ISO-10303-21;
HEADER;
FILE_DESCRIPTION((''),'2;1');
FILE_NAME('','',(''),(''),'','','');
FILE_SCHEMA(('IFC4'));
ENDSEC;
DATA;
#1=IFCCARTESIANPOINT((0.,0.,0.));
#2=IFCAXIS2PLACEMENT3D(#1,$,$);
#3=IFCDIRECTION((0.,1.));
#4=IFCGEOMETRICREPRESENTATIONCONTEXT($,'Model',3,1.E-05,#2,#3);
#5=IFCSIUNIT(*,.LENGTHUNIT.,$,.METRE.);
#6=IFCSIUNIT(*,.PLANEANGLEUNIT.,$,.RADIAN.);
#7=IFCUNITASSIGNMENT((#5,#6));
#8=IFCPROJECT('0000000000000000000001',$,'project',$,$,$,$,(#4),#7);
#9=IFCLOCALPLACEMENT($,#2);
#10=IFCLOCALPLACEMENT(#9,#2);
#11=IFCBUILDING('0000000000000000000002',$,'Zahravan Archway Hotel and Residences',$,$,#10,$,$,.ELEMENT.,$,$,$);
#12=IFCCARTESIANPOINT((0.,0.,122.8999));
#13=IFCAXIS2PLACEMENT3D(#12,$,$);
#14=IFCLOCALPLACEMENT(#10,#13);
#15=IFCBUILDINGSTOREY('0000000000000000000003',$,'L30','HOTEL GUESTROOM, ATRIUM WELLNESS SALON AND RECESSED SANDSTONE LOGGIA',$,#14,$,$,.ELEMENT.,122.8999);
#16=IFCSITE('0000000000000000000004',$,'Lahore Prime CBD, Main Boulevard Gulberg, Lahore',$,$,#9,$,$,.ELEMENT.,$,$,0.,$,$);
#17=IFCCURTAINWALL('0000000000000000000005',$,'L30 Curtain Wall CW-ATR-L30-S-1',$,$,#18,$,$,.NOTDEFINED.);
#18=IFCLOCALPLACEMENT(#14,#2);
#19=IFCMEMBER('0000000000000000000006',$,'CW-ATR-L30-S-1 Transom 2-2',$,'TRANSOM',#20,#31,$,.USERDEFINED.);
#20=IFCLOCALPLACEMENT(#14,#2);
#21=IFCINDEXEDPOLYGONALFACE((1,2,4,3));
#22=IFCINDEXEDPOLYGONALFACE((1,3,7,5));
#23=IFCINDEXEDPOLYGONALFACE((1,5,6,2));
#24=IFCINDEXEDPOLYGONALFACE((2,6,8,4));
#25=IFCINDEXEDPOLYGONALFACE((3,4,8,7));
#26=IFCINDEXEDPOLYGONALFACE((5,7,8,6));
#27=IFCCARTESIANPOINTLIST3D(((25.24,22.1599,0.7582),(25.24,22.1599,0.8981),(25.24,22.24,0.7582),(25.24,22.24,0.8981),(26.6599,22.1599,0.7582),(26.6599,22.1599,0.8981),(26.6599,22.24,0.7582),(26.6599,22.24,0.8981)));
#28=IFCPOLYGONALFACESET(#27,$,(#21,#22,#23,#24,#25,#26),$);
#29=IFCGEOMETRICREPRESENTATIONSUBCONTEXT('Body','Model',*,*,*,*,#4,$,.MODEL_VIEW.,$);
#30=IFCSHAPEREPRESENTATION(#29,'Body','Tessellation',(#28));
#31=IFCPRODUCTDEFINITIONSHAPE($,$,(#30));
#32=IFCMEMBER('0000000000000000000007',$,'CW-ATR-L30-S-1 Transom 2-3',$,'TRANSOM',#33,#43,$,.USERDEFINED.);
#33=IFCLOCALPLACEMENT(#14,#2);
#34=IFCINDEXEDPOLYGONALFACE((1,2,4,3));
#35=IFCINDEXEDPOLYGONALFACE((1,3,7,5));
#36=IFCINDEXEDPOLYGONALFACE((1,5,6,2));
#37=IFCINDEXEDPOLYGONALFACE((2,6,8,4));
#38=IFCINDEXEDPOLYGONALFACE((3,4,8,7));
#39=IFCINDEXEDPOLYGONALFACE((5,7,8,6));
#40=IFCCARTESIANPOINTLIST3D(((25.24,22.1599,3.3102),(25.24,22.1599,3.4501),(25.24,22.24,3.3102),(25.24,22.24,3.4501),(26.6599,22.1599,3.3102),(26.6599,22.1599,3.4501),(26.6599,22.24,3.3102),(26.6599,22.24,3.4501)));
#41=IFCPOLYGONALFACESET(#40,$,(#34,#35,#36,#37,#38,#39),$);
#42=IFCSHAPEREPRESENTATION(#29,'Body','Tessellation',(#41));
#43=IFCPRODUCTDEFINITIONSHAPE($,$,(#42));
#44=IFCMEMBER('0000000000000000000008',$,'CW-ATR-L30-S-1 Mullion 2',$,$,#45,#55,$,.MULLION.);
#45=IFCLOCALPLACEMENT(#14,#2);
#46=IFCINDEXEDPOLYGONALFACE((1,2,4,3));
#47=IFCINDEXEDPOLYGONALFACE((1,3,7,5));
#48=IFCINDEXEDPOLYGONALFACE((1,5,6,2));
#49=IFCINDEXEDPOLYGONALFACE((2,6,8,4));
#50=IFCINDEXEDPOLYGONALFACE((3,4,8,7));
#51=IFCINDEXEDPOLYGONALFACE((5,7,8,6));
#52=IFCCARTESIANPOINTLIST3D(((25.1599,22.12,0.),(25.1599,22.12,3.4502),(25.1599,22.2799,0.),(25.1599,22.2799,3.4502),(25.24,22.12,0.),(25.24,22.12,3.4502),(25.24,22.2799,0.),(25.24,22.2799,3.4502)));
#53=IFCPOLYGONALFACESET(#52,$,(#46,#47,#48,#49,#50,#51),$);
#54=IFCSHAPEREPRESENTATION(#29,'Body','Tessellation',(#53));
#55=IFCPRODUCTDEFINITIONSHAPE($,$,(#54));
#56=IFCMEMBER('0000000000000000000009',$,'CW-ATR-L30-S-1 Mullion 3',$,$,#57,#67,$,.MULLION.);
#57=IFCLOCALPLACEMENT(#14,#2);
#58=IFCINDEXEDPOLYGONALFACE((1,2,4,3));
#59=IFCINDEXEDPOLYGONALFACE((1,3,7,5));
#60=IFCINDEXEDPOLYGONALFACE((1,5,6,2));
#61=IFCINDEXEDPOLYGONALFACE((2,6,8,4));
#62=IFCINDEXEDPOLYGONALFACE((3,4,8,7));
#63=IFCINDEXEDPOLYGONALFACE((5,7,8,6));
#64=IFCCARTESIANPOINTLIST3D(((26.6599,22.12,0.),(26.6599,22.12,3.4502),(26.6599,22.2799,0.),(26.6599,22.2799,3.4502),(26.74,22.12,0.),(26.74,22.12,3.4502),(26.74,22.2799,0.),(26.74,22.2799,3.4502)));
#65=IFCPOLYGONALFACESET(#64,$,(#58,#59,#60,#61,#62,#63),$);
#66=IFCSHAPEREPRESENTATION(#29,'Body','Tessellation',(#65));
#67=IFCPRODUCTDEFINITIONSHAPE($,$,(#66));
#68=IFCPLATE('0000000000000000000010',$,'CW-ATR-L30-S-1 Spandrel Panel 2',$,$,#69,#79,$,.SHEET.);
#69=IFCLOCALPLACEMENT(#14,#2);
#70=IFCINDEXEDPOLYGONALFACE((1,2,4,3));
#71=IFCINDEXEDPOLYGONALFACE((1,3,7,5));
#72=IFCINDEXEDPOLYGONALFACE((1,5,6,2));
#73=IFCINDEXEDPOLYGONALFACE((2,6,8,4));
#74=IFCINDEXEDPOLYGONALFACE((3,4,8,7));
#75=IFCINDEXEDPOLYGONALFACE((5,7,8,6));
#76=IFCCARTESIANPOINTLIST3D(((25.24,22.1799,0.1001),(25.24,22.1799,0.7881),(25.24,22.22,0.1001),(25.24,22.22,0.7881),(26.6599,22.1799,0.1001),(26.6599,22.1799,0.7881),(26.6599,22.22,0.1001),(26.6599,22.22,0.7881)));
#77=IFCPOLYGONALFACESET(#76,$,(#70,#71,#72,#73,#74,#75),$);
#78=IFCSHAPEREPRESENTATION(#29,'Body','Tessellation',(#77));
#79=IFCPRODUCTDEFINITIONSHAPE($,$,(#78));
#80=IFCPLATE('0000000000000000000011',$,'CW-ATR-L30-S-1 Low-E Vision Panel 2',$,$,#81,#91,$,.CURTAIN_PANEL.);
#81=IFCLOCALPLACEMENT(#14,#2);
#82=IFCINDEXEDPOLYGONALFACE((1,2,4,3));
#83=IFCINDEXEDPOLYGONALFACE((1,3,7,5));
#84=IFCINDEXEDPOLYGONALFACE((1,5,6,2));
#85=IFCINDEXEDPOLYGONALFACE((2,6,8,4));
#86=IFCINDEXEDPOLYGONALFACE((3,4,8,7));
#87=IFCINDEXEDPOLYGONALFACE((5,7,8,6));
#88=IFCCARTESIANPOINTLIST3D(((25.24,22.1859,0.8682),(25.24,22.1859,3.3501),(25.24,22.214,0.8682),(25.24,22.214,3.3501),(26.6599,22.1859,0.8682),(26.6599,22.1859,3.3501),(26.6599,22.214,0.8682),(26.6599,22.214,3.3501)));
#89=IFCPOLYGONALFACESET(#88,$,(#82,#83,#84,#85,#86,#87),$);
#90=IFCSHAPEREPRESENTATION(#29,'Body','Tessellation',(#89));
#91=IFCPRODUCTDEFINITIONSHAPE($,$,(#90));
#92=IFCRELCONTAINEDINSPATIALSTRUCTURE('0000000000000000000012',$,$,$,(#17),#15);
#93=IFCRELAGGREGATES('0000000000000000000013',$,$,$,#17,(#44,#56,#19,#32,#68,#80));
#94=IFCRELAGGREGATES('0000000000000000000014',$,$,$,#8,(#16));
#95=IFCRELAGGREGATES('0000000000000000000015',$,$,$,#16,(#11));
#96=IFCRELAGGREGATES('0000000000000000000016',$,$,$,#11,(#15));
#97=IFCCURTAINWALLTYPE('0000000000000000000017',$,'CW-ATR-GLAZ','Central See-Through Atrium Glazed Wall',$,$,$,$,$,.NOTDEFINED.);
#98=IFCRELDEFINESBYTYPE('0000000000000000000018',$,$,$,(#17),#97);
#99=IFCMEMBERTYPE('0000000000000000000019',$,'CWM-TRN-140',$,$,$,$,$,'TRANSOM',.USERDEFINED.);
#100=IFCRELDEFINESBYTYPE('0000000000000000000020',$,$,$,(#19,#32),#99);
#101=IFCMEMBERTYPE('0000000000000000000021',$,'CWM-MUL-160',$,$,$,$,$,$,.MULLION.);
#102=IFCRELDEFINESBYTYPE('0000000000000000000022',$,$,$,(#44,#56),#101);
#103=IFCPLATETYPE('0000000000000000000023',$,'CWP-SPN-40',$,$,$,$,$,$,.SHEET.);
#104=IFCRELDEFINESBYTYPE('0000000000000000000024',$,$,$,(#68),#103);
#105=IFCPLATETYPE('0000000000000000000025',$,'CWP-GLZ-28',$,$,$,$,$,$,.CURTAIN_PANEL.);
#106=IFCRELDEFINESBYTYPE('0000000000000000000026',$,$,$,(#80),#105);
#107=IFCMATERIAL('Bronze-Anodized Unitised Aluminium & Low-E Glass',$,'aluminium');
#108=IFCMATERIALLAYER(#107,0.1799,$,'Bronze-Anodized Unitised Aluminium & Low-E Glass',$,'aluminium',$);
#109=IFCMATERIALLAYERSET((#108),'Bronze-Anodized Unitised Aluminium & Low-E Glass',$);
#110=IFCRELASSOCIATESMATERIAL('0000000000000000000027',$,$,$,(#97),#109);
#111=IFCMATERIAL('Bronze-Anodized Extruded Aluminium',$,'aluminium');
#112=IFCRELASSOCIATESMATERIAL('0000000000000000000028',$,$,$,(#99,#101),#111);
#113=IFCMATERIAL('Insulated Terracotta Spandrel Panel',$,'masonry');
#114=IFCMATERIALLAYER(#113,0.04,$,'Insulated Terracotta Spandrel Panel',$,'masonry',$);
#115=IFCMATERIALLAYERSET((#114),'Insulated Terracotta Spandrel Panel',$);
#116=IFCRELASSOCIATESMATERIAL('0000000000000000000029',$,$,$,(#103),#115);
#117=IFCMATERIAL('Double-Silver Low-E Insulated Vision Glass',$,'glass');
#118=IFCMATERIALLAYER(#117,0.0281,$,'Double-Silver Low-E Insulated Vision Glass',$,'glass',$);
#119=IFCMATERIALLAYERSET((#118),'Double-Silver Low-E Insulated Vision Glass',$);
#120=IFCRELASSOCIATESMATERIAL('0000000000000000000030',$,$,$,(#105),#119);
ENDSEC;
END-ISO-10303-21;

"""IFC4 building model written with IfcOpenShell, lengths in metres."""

from ifc_helpers import new_model, si_unit, direction, frame, origin, origin_2d, place, context, subcontext, project, spatial, rectangle, extrude, source, transform, mapped, material, layer, layer_set, material_profile, profile_set, type_object, element, aggregate, save


model = new_model("IFC4")

# Units and contexts
model_context = context("Model", 3, precision=1e-05, world=origin(), true_north=direction((0.0, 1.0)))
body_context = subcontext(model_context, "Body", "Model", "MODEL_VIEW")
ifc_project = project(units=[si_unit("LENGTHUNIT", "METRE"), si_unit("PLANEANGLEUNIT", "RADIAN")], contexts=[model_context])

# Site, building, storey
site_placement = place(None, origin())
site = spatial("IfcSite", under=ifc_project, at=site_placement, Name="Lahore Prime CBD, Main Boulevard Gulberg, Lahore", CompositionType="ELEMENT", RefElevation=0.0)
building_placement = place(site_placement, origin())
building = spatial("IfcBuilding", under=site, at=building_placement, Name="Zahravan Archway Hotel and Residences", CompositionType="ELEMENT")
storey_placement = place(building_placement, frame((0.0, 0.0, 122.8999)))
storey = spatial("IfcBuildingStorey", under=building, at=storey_placement, Name="L30", Description="HOTEL GUESTROOM, ATRIUM WELLNESS SALON AND RECESSED SANDSTONE LOGGIA", CompositionType="ELEMENT", Elevation=122.8999)

# Curtain wall, members, plates
ifc_material_1 = material(Name="Bronze-Anodized Unitised Aluminium & Low-E Glass", Category="aluminium")
ifc_layer_1 = layer(ifc_material_1, 0.1799, Name="Bronze-Anodized Unitised Aluminium & Low-E Glass", Category="aluminium")
ifc_layer_set_1 = layer_set([ifc_layer_1], Name="Bronze-Anodized Unitised Aluminium & Low-E Glass")
curtain_wall_type = type_object("IfcCurtainWallType", Name="CW-ATR-GLAZ", Description="Central See-Through Atrium Glazed Wall", PredefinedType="NOTDEFINED", material=ifc_layer_set_1)
curtain_wall_placement = place(storey_placement, origin())
curtain_wall = element("IfcCurtainWall", 1, at=curtain_wall_placement, inside=storey, type_object=curtain_wall_type, Name="L30 Curtain Wall CW-ATR-L30-S-1", PredefinedType="NOTDEFINED")
ifc_material_2 = material(Name="Bronze-Anodized Extruded Aluminium", Category="aluminium")
ifc_material_profile_1 = material_profile(ifc_material_2, rectangle(XDim=0.0801, YDim=0.1399, at=origin_2d()), Name="TRN 80x140", Category="aluminium")
ifc_profile_set_1 = profile_set([ifc_material_profile_1], Name="Bronze-Anodized Extruded Aluminium")
member_type_1 = type_object("IfcMemberType", Name="CWM-TRN-140", ElementType="TRANSOM", PredefinedType="USERDEFINED", material=ifc_profile_set_1)
shared_shape_1 = source(origin(), body_context, "Body", "SweptSolid", [
    extrude(rectangle(XDim=0.0801, YDim=0.1399, at=origin_2d()), origin(), (0.0, 0.0, 1.0), 1.4199),
])
member_1_placement = place(storey_placement, frame((25.24, 22.2, 0.8281), z_axis=(1.0, 0.0, 0.0), x_axis=(0.0, 1.0, 0.0)))
member_1 = element("IfcMember", 2, at=member_1_placement, type_object=member_type_1, Name="CW-ATR-L30-S-1 Transom 2-2", ObjectType="TRANSOM", PredefinedType="USERDEFINED", context=body_context, shape_type="MappedRepresentation", body=[
    mapped(shared_shape_1, transform((0.0, 0.0, 0.0), scale=1.0)),
])
member_2_placement = place(storey_placement, frame((25.24, 22.2, 3.3801), z_axis=(1.0, 0.0, 0.0), x_axis=(0.0, 1.0, 0.0)))
member_2 = element("IfcMember", 3, at=member_2_placement, type_object=member_type_1, Name="CW-ATR-L30-S-1 Transom 2-3", ObjectType="TRANSOM", PredefinedType="USERDEFINED", context=body_context, shape_type="MappedRepresentation", body=[
    mapped(shared_shape_1, transform((0.0, 0.0, 0.0), scale=1.0)),
])
ifc_material_profile_2 = material_profile(ifc_material_2, rectangle(XDim=0.0801, YDim=0.1599, at=origin_2d()), Name="MUL 80x160", Category="aluminium")
ifc_profile_set_2 = profile_set([ifc_material_profile_2], Name="Bronze-Anodized Extruded Aluminium")
member_type_2 = type_object("IfcMemberType", Name="CWM-MUL-160", PredefinedType="MULLION", material=ifc_profile_set_2)
shared_shape_2 = source(origin(), body_context, "Body", "SweptSolid", [
    extrude(rectangle(XDim=0.0801, YDim=0.1599, at=origin_2d()), origin(), (0.0, 0.0, 1.0), 3.4502),
])
member_3_placement = place(storey_placement, frame((25.2, 22.2, 0.0), z_axis=(0.0, 0.0, 1.0), x_axis=(1.0, 0.0, 0.0)))
member_3 = element("IfcMember", 4, at=member_3_placement, type_object=member_type_2, Name="CW-ATR-L30-S-1 Mullion 2", PredefinedType="MULLION", context=body_context, shape_type="MappedRepresentation", body=[
    mapped(shared_shape_2, transform((0.0, 0.0, 0.0), scale=1.0)),
])
member_4_placement = place(storey_placement, frame((26.7, 22.2, 0.0), z_axis=(0.0, 0.0, 1.0), x_axis=(1.0, 0.0, 0.0)))
member_4 = element("IfcMember", 5, at=member_4_placement, type_object=member_type_2, Name="CW-ATR-L30-S-1 Mullion 3", PredefinedType="MULLION", context=body_context, shape_type="MappedRepresentation", body=[
    mapped(shared_shape_2, transform((0.0, 0.0, 0.0), scale=1.0)),
])
ifc_material_3 = material(Name="Insulated Terracotta Spandrel Panel", Category="masonry")
ifc_layer_2 = layer(ifc_material_3, 0.04, Name="Insulated Terracotta Spandrel Panel", Category="masonry")
ifc_layer_set_2 = layer_set([ifc_layer_2], Name="Insulated Terracotta Spandrel Panel")
plate_type_1 = type_object("IfcPlateType", Name="CWP-SPN-40", PredefinedType="SHEET", material=ifc_layer_set_2)
shared_shape_3 = source(origin(), body_context, "Body", "SweptSolid", [
    extrude(rectangle(XDim=1.4199, YDim=0.04, at=origin_2d()), origin(), (0.0, 0.0, 1.0), 0.688),
])
plate_1_placement = place(storey_placement, frame((25.95, 22.2, 0.1001), z_axis=(0.0, 0.0, 1.0), x_axis=(1.0, 0.0, 0.0)))
plate_1 = element("IfcPlate", 6, at=plate_1_placement, type_object=plate_type_1, Name="CW-ATR-L30-S-1 Spandrel Panel 2", PredefinedType="SHEET", context=body_context, shape_type="MappedRepresentation", body=[
    mapped(shared_shape_3, transform((0.0, 0.0, 0.0), scale=1.0)),
])
ifc_material_4 = material(Name="Double-Silver Low-E Insulated Vision Glass", Category="glass")
ifc_layer_3 = layer(ifc_material_4, 0.0281, Name="Double-Silver Low-E Insulated Vision Glass", Category="glass")
ifc_layer_set_3 = layer_set([ifc_layer_3], Name="Double-Silver Low-E Insulated Vision Glass")
plate_type_2 = type_object("IfcPlateType", Name="CWP-GLZ-28", PredefinedType="CURTAIN_PANEL", material=ifc_layer_set_3)
shared_shape_4 = source(origin(), body_context, "Body", "SweptSolid", [
    extrude(rectangle(XDim=1.4199, YDim=0.0281, at=origin_2d()), origin(), (0.0, 0.0, 1.0), 2.4819),
])
plate_2_placement = place(storey_placement, frame((25.95, 22.2, 0.8682), z_axis=(0.0, 0.0, 1.0), x_axis=(1.0, 0.0, 0.0)))
plate_2 = element("IfcPlate", 7, at=plate_2_placement, type_object=plate_type_2, Name="CW-ATR-L30-S-1 Low-E Vision Panel 2", PredefinedType="CURTAIN_PANEL", context=body_context, shape_type="MappedRepresentation", body=[
    mapped(shared_shape_4, transform((0.0, 0.0, 0.0), scale=1.0)),
])
aggregate(curtain_wall, [member_3, member_4, member_1, member_2, plate_1, plate_2])

save(model, "model.ifc")
